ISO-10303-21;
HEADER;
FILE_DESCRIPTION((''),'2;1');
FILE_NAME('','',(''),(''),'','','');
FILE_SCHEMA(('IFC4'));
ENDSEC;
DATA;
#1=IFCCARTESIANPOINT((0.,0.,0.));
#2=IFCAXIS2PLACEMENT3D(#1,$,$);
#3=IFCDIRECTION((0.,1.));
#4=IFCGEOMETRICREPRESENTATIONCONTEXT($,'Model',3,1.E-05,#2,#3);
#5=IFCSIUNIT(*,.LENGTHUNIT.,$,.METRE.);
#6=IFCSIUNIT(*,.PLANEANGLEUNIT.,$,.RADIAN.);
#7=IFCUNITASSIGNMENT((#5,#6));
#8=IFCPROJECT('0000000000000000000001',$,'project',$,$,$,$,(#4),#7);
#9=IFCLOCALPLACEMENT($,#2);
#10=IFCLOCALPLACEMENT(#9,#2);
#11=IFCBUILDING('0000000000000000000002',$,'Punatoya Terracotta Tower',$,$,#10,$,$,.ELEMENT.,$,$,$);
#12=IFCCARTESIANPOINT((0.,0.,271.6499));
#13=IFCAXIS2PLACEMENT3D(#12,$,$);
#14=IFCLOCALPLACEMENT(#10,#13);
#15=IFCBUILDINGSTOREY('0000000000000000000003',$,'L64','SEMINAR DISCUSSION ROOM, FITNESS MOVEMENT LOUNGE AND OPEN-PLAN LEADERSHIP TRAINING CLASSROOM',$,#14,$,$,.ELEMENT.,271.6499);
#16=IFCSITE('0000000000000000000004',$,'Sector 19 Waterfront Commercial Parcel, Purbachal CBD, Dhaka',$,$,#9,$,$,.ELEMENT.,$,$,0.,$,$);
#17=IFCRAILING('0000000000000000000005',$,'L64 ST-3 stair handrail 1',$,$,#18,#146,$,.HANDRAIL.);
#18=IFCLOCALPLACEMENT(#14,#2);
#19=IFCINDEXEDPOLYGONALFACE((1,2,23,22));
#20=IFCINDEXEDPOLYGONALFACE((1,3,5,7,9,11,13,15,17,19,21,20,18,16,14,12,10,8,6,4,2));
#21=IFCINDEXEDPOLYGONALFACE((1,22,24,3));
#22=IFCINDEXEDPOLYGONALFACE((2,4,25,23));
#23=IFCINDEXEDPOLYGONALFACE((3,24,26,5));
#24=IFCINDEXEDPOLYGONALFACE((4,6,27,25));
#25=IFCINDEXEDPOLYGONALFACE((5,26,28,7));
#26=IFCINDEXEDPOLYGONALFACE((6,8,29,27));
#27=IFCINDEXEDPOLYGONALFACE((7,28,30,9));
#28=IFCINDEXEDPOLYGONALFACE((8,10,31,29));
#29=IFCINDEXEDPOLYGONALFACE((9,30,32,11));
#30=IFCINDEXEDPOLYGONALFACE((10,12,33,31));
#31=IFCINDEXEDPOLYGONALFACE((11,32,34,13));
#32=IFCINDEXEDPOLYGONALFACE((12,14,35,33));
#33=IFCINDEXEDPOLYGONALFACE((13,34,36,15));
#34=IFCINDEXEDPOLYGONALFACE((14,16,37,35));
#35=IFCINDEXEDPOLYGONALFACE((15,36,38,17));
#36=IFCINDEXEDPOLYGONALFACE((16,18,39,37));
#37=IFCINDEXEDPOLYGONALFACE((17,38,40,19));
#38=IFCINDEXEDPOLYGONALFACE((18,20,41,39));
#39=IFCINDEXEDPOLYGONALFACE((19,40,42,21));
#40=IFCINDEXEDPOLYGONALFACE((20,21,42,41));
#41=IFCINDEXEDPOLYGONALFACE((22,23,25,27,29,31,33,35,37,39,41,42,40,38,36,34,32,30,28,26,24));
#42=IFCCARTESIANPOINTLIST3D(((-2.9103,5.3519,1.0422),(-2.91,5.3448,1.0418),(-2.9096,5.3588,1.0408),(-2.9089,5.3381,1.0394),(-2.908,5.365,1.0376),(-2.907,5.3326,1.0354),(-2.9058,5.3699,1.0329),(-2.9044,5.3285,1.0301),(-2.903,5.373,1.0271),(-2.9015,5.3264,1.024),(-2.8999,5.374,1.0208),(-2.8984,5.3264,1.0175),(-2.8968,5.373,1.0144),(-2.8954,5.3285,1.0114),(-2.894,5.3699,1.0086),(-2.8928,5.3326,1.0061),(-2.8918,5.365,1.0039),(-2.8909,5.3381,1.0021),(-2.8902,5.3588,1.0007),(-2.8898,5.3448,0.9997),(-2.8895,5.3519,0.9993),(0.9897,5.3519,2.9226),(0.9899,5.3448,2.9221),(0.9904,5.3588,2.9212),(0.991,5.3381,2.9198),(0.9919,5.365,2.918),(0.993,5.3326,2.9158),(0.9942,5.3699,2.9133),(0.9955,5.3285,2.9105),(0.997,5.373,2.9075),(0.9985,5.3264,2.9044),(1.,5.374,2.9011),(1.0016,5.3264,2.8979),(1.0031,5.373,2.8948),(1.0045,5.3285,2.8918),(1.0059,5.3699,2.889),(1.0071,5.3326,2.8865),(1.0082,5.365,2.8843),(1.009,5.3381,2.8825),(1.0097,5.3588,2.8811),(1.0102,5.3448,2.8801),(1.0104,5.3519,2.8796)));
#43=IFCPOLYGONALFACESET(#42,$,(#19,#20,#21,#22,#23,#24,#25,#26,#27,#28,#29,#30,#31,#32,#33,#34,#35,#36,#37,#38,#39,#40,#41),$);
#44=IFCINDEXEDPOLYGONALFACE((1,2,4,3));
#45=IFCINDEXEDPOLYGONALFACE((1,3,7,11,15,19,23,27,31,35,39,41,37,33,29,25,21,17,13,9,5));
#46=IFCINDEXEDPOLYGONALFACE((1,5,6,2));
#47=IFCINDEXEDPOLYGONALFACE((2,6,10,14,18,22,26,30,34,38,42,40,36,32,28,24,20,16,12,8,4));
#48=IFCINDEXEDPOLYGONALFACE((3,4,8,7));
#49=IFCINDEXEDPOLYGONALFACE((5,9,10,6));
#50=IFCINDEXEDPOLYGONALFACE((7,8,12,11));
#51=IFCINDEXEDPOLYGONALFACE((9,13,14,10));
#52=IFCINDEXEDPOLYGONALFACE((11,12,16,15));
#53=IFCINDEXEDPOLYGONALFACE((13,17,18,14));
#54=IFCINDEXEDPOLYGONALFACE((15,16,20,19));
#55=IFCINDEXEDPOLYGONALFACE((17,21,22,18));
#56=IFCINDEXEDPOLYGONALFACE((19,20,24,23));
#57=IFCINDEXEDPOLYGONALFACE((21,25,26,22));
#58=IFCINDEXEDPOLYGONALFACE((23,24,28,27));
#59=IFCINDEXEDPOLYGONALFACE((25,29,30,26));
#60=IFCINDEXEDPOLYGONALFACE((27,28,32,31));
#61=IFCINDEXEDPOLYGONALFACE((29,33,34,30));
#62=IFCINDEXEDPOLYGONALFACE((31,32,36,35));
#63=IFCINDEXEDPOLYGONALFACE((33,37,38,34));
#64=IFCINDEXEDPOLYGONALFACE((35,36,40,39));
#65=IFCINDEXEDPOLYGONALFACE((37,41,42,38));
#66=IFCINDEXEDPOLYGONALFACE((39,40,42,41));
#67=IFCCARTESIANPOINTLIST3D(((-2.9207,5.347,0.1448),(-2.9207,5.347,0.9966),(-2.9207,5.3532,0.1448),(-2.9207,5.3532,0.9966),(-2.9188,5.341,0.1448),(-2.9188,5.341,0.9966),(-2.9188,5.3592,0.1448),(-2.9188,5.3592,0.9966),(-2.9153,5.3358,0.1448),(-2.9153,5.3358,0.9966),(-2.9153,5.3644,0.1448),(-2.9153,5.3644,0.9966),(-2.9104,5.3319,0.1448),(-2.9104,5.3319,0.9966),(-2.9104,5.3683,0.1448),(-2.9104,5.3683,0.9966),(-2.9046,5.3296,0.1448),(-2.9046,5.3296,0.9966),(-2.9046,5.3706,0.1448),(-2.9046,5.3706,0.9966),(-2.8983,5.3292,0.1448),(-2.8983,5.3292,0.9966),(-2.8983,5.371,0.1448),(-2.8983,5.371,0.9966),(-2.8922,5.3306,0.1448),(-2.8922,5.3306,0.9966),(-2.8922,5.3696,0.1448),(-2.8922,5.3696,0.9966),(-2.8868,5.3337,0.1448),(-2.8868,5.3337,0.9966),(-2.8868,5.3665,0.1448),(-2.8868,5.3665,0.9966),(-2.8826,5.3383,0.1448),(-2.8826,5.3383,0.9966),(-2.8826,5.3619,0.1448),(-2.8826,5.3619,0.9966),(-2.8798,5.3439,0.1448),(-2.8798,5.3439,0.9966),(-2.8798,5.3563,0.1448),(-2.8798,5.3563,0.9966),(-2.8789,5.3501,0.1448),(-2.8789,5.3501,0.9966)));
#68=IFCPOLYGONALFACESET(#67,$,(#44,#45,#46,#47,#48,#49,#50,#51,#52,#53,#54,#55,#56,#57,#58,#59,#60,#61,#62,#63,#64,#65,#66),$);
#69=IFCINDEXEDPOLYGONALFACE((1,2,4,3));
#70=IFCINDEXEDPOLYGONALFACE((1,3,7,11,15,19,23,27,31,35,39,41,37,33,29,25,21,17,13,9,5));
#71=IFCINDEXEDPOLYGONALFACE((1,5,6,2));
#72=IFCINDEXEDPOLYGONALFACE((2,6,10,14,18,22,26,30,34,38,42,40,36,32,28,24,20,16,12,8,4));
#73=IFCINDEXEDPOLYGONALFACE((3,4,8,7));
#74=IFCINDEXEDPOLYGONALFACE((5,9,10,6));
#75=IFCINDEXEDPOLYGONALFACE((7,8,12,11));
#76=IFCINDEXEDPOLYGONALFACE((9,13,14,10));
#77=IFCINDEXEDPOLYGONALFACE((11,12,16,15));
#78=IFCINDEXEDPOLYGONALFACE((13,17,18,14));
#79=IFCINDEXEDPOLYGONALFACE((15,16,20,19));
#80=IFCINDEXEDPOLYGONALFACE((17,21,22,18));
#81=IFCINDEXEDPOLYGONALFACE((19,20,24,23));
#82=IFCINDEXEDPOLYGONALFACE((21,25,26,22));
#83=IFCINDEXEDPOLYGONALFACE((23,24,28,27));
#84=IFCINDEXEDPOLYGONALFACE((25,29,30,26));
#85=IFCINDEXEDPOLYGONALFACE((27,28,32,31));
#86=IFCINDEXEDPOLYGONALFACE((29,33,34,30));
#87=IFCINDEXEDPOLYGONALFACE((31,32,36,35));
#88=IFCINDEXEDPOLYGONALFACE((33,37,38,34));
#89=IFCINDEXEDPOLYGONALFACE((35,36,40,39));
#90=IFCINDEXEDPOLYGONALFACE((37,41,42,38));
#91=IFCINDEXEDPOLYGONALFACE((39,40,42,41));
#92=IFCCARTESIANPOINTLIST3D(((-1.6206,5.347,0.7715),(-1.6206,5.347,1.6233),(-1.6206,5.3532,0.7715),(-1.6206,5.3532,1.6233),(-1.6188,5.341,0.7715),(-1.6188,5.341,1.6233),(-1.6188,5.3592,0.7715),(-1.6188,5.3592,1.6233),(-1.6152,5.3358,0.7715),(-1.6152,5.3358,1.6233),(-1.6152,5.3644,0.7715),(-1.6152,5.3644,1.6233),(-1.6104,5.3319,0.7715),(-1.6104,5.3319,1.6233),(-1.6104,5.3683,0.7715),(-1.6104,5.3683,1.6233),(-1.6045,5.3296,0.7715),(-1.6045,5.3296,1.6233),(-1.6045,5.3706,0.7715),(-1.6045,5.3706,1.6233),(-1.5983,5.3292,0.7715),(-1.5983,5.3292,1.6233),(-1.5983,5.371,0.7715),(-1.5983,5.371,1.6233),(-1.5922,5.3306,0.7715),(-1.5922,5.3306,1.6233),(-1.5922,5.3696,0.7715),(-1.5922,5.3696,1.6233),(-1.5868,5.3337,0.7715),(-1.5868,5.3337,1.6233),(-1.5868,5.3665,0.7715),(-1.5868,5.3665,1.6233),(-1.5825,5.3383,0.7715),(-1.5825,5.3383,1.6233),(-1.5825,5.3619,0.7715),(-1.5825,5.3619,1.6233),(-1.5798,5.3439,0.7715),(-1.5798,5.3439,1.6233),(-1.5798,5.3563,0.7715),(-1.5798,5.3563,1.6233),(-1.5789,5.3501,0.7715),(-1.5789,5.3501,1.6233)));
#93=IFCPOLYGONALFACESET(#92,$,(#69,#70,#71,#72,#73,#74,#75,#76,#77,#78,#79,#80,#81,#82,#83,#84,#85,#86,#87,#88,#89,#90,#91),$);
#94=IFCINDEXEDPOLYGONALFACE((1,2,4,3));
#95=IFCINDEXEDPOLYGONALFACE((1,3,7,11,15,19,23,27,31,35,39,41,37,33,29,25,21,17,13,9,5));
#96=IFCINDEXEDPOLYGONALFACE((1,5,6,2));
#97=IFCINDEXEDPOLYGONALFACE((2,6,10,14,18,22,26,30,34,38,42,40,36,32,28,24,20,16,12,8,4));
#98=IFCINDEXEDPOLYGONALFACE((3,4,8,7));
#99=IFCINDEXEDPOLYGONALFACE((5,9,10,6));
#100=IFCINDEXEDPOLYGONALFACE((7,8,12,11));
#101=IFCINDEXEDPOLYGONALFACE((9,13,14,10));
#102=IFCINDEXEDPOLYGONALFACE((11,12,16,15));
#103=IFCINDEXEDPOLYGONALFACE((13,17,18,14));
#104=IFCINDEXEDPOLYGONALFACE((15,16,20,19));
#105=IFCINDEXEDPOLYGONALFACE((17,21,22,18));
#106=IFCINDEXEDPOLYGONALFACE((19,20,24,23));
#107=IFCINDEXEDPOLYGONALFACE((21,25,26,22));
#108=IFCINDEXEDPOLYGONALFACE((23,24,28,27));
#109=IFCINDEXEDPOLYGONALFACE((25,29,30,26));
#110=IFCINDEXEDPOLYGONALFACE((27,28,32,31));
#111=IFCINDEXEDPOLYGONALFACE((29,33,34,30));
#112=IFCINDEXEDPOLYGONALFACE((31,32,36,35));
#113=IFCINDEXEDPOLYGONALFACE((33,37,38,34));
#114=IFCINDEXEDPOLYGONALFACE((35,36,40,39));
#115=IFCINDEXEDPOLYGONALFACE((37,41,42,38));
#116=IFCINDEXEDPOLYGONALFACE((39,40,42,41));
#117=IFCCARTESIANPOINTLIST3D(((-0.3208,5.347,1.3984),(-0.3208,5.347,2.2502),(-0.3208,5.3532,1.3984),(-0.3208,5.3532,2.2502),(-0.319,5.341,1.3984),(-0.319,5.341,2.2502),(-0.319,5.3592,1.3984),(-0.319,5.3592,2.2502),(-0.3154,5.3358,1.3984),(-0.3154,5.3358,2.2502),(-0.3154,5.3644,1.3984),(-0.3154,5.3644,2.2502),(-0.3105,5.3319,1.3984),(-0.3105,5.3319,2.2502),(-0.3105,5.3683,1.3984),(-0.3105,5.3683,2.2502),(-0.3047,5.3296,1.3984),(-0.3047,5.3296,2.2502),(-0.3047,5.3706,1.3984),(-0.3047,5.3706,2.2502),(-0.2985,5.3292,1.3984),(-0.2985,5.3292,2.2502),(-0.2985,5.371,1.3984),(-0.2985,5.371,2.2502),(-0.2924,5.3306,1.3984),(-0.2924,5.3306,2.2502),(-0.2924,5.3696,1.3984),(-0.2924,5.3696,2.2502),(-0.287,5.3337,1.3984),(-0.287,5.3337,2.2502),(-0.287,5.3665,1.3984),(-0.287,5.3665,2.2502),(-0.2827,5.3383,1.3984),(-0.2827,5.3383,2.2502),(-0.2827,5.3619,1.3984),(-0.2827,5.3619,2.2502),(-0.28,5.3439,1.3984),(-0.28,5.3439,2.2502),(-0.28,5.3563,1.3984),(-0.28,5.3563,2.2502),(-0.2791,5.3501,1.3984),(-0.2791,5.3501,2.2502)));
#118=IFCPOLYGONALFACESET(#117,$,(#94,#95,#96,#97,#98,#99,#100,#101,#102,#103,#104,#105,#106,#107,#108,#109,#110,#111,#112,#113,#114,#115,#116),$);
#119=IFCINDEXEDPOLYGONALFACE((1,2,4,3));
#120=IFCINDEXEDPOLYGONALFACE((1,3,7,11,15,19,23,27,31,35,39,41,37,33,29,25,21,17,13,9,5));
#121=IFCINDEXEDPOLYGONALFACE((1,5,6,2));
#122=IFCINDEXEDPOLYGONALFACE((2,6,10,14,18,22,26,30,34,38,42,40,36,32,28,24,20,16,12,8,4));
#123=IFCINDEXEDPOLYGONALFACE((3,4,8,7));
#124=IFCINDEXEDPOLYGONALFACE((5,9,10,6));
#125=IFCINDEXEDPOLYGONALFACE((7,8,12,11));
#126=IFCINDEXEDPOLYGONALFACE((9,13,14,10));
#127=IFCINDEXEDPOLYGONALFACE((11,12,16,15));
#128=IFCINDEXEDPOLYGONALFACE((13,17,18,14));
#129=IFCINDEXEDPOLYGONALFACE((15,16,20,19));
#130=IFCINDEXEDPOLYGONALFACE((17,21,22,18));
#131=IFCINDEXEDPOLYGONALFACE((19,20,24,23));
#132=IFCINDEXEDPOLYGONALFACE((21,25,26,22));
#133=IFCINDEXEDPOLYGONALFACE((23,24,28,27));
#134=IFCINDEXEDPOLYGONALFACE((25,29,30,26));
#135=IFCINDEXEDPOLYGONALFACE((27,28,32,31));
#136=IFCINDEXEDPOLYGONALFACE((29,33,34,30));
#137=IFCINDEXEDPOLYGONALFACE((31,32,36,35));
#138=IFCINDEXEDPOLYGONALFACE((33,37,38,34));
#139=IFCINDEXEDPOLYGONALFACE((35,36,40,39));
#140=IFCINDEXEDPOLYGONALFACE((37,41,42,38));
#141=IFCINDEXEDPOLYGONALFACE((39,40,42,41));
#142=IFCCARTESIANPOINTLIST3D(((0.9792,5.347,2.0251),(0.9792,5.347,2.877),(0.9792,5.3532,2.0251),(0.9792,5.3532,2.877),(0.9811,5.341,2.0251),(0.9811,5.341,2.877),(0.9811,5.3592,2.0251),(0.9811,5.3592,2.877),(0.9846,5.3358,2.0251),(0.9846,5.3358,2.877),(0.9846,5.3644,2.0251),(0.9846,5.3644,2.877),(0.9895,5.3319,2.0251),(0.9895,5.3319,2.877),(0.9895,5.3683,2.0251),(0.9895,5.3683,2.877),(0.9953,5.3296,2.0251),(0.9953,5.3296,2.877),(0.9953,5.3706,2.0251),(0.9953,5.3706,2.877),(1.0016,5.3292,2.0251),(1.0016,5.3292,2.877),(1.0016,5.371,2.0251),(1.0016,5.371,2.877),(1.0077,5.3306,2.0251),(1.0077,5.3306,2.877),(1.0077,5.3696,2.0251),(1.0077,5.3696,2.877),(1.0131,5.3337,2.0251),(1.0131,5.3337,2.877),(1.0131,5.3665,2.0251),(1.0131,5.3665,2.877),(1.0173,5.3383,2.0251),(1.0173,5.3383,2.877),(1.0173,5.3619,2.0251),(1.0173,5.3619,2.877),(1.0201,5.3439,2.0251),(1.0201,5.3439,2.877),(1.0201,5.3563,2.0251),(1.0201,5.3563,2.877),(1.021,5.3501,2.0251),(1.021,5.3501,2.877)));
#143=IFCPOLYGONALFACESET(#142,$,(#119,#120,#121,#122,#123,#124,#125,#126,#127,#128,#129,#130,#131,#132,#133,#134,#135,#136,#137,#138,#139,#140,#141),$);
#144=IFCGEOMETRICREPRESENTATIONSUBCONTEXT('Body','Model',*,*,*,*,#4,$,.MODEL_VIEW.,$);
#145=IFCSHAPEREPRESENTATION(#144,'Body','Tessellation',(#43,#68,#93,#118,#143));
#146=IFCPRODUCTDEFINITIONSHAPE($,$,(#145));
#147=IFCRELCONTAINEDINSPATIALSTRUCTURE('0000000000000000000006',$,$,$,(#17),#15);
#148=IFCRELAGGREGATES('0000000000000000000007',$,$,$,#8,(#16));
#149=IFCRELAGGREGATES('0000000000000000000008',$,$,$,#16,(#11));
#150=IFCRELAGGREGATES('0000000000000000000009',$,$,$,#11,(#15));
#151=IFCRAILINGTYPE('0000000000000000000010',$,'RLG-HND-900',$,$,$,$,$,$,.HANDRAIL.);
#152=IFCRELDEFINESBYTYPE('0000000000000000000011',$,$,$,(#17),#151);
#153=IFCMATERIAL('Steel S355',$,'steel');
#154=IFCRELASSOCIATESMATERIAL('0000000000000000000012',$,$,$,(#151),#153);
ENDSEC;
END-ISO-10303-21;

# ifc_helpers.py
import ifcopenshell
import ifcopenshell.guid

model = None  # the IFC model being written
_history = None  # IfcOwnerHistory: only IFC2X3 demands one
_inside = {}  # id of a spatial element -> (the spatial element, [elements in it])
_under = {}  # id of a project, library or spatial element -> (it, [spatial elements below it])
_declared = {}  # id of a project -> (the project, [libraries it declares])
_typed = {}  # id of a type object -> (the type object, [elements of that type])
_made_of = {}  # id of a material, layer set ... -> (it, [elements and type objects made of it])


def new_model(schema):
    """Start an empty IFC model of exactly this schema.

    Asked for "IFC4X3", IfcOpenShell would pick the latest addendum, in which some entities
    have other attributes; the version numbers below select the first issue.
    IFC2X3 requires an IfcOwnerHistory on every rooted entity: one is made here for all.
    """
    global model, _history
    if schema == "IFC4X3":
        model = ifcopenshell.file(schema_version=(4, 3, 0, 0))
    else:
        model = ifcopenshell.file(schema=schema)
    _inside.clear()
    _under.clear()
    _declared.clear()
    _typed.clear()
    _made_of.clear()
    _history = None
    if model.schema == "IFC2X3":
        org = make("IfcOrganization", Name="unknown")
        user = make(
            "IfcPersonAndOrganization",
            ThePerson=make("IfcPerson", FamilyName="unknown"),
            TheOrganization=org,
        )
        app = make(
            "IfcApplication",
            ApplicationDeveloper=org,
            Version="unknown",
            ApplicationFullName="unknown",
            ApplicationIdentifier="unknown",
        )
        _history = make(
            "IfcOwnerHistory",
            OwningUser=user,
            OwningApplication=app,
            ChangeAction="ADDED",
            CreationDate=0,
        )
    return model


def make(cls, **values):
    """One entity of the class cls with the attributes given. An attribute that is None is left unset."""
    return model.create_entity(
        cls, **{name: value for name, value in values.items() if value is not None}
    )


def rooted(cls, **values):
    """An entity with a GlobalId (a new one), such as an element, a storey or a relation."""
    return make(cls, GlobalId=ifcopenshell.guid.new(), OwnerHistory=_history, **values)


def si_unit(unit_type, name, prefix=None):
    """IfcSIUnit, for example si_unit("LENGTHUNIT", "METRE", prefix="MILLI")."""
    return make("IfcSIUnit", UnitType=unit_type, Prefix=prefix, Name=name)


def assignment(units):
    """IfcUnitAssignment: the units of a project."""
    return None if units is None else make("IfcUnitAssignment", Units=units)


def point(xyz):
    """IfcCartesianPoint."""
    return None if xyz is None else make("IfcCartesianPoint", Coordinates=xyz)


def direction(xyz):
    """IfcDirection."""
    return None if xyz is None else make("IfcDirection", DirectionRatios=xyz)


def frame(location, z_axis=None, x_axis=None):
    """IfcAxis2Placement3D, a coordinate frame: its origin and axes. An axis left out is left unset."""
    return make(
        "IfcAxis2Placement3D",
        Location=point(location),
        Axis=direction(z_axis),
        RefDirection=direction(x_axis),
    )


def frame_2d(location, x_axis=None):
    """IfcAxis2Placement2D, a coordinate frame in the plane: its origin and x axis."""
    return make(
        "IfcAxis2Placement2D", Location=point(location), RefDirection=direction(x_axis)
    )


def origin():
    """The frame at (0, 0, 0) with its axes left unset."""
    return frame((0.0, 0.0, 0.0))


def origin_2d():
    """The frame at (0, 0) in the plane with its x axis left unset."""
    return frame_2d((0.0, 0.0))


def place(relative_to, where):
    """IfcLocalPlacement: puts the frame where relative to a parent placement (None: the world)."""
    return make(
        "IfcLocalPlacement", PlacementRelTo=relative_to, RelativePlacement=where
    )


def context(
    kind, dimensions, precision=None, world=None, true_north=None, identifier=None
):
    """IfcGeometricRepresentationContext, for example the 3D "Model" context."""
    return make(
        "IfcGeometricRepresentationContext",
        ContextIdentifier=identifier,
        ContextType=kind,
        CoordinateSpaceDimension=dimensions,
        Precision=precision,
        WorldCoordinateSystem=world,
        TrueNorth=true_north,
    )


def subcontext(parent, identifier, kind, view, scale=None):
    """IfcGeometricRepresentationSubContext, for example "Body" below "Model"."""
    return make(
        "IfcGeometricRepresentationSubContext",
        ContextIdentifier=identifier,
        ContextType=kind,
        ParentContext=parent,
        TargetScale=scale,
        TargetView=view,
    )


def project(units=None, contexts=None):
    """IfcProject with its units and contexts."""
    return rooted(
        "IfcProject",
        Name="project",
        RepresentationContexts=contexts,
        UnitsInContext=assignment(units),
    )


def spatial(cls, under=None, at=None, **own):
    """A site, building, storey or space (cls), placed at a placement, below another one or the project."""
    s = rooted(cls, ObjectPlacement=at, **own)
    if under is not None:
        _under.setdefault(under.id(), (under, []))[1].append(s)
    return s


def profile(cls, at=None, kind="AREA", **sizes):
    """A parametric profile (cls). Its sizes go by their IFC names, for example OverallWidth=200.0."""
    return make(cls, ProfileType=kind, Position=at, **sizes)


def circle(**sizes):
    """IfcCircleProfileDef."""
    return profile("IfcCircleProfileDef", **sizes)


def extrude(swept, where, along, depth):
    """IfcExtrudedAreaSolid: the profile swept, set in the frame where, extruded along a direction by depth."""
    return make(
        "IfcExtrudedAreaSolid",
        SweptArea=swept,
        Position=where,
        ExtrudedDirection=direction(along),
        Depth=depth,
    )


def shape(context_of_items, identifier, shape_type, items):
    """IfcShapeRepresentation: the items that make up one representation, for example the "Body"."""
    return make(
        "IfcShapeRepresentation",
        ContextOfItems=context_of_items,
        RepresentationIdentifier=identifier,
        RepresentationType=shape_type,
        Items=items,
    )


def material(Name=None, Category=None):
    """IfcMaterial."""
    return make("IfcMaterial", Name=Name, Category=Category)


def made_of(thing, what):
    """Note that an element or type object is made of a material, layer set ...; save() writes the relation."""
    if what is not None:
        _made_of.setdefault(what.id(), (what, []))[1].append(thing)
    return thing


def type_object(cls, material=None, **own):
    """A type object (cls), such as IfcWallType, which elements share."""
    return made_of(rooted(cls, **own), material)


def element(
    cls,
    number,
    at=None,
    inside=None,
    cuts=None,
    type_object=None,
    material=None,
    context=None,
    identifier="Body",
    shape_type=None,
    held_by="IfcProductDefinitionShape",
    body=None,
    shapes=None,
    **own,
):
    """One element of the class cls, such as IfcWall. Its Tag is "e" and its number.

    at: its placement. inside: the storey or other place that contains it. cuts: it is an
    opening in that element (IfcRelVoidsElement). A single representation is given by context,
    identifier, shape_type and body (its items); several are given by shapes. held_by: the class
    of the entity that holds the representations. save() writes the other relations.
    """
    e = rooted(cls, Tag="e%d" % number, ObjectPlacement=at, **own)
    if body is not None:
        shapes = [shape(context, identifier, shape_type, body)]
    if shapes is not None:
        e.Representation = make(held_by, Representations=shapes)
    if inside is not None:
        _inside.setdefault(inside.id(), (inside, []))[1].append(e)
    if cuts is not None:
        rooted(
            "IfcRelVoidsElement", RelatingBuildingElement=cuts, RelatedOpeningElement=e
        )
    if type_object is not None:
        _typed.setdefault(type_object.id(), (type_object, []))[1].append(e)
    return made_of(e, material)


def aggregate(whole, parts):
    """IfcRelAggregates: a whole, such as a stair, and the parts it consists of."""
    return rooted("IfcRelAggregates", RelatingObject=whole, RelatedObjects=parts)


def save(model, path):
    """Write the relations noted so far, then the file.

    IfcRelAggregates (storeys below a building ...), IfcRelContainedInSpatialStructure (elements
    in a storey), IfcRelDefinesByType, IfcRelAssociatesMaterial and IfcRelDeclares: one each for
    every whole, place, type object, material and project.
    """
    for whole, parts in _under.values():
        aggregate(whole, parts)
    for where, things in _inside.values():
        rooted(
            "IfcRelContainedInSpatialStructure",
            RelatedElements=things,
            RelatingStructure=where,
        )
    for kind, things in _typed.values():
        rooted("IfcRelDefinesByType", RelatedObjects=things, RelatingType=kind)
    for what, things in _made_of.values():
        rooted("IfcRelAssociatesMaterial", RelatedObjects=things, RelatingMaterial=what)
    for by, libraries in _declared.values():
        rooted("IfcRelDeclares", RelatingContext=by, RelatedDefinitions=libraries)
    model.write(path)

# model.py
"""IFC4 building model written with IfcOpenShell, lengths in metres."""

from ifc_helpers import new_model, si_unit, direction, frame, origin, origin_2d, place, context, subcontext, project, spatial, circle, extrude, material, type_object, element, save


model = new_model("IFC4")

# Units and contexts
model_context = context("Model", 3, precision=1e-05, world=origin(), true_north=direction((0.0, 1.0)))
body_context = subcontext(model_context, "Body", "Model", "MODEL_VIEW")
ifc_project = project(units=[si_unit("LENGTHUNIT", "METRE"), si_unit("PLANEANGLEUNIT", "RADIAN")], contexts=[model_context])

# Site, building, storey
site_placement = place(None, origin())
site = spatial("IfcSite", under=ifc_project, at=site_placement, Name="Sector 19 Waterfront Commercial Parcel, Purbachal CBD, Dhaka", CompositionType="ELEMENT", RefElevation=0.0)
building_placement = place(site_placement, origin())
building = spatial("IfcBuilding", under=site, at=building_placement, Name="Punatoya Terracotta Tower", CompositionType="ELEMENT")
storey_placement = place(building_placement, frame((0.0, 0.0, 271.6499)))
storey = spatial("IfcBuildingStorey", under=building, at=storey_placement, Name="L64", Description="SEMINAR DISCUSSION ROOM, FITNESS MOVEMENT LOUNGE AND OPEN-PLAN LEADERSHIP TRAINING CLASSROOM", CompositionType="ELEMENT", Elevation=271.6499)

# Shared definitions
ifc_material_1 = material(Name="Steel S355", Category="steel")

# Railing
railing_type_1 = type_object("IfcRailingType", Name="RLG-HND-900", PredefinedType="HANDRAIL", material=ifc_material_1)
railing_1_placement = place(storey_placement, frame((-2.8999, 5.3501, 0.1448)))
element("IfcRailing", 1, at=railing_1_placement, inside=storey, type_object=railing_type_1, Name="L64 ST-3 stair handrail 1", PredefinedType="HANDRAIL", context=body_context, shape_type="SweptSolid", body=[
    extrude(circle(Radius=0.0239, at=origin_2d()), frame((0.0, 0.0, 0.876), z_axis=(0.900763, 0.0, 0.434311), x_axis=(0.0, 1.0, 0.0)), (0.0, 0.0, 1.0), 4.3296),
    extrude(circle(Radius=0.021, at=origin_2d()), origin(), (0.0, 0.0, 1.0), 0.8518),
    extrude(circle(Radius=0.021, at=origin_2d()), frame((1.3, 0.0, 0.6267)), (0.0, 0.0, 1.0), 0.8518),
    extrude(circle(Radius=0.021, at=origin_2d()), frame((2.5999, 0.0, 1.2537)), (0.0, 0.0, 1.0), 0.8518),
    extrude(circle(Radius=0.021, at=origin_2d()), frame((3.8999, 0.0, 1.8804)), (0.0, 0.0, 1.0), 0.8518),
])

save(model, "model.ifc")
